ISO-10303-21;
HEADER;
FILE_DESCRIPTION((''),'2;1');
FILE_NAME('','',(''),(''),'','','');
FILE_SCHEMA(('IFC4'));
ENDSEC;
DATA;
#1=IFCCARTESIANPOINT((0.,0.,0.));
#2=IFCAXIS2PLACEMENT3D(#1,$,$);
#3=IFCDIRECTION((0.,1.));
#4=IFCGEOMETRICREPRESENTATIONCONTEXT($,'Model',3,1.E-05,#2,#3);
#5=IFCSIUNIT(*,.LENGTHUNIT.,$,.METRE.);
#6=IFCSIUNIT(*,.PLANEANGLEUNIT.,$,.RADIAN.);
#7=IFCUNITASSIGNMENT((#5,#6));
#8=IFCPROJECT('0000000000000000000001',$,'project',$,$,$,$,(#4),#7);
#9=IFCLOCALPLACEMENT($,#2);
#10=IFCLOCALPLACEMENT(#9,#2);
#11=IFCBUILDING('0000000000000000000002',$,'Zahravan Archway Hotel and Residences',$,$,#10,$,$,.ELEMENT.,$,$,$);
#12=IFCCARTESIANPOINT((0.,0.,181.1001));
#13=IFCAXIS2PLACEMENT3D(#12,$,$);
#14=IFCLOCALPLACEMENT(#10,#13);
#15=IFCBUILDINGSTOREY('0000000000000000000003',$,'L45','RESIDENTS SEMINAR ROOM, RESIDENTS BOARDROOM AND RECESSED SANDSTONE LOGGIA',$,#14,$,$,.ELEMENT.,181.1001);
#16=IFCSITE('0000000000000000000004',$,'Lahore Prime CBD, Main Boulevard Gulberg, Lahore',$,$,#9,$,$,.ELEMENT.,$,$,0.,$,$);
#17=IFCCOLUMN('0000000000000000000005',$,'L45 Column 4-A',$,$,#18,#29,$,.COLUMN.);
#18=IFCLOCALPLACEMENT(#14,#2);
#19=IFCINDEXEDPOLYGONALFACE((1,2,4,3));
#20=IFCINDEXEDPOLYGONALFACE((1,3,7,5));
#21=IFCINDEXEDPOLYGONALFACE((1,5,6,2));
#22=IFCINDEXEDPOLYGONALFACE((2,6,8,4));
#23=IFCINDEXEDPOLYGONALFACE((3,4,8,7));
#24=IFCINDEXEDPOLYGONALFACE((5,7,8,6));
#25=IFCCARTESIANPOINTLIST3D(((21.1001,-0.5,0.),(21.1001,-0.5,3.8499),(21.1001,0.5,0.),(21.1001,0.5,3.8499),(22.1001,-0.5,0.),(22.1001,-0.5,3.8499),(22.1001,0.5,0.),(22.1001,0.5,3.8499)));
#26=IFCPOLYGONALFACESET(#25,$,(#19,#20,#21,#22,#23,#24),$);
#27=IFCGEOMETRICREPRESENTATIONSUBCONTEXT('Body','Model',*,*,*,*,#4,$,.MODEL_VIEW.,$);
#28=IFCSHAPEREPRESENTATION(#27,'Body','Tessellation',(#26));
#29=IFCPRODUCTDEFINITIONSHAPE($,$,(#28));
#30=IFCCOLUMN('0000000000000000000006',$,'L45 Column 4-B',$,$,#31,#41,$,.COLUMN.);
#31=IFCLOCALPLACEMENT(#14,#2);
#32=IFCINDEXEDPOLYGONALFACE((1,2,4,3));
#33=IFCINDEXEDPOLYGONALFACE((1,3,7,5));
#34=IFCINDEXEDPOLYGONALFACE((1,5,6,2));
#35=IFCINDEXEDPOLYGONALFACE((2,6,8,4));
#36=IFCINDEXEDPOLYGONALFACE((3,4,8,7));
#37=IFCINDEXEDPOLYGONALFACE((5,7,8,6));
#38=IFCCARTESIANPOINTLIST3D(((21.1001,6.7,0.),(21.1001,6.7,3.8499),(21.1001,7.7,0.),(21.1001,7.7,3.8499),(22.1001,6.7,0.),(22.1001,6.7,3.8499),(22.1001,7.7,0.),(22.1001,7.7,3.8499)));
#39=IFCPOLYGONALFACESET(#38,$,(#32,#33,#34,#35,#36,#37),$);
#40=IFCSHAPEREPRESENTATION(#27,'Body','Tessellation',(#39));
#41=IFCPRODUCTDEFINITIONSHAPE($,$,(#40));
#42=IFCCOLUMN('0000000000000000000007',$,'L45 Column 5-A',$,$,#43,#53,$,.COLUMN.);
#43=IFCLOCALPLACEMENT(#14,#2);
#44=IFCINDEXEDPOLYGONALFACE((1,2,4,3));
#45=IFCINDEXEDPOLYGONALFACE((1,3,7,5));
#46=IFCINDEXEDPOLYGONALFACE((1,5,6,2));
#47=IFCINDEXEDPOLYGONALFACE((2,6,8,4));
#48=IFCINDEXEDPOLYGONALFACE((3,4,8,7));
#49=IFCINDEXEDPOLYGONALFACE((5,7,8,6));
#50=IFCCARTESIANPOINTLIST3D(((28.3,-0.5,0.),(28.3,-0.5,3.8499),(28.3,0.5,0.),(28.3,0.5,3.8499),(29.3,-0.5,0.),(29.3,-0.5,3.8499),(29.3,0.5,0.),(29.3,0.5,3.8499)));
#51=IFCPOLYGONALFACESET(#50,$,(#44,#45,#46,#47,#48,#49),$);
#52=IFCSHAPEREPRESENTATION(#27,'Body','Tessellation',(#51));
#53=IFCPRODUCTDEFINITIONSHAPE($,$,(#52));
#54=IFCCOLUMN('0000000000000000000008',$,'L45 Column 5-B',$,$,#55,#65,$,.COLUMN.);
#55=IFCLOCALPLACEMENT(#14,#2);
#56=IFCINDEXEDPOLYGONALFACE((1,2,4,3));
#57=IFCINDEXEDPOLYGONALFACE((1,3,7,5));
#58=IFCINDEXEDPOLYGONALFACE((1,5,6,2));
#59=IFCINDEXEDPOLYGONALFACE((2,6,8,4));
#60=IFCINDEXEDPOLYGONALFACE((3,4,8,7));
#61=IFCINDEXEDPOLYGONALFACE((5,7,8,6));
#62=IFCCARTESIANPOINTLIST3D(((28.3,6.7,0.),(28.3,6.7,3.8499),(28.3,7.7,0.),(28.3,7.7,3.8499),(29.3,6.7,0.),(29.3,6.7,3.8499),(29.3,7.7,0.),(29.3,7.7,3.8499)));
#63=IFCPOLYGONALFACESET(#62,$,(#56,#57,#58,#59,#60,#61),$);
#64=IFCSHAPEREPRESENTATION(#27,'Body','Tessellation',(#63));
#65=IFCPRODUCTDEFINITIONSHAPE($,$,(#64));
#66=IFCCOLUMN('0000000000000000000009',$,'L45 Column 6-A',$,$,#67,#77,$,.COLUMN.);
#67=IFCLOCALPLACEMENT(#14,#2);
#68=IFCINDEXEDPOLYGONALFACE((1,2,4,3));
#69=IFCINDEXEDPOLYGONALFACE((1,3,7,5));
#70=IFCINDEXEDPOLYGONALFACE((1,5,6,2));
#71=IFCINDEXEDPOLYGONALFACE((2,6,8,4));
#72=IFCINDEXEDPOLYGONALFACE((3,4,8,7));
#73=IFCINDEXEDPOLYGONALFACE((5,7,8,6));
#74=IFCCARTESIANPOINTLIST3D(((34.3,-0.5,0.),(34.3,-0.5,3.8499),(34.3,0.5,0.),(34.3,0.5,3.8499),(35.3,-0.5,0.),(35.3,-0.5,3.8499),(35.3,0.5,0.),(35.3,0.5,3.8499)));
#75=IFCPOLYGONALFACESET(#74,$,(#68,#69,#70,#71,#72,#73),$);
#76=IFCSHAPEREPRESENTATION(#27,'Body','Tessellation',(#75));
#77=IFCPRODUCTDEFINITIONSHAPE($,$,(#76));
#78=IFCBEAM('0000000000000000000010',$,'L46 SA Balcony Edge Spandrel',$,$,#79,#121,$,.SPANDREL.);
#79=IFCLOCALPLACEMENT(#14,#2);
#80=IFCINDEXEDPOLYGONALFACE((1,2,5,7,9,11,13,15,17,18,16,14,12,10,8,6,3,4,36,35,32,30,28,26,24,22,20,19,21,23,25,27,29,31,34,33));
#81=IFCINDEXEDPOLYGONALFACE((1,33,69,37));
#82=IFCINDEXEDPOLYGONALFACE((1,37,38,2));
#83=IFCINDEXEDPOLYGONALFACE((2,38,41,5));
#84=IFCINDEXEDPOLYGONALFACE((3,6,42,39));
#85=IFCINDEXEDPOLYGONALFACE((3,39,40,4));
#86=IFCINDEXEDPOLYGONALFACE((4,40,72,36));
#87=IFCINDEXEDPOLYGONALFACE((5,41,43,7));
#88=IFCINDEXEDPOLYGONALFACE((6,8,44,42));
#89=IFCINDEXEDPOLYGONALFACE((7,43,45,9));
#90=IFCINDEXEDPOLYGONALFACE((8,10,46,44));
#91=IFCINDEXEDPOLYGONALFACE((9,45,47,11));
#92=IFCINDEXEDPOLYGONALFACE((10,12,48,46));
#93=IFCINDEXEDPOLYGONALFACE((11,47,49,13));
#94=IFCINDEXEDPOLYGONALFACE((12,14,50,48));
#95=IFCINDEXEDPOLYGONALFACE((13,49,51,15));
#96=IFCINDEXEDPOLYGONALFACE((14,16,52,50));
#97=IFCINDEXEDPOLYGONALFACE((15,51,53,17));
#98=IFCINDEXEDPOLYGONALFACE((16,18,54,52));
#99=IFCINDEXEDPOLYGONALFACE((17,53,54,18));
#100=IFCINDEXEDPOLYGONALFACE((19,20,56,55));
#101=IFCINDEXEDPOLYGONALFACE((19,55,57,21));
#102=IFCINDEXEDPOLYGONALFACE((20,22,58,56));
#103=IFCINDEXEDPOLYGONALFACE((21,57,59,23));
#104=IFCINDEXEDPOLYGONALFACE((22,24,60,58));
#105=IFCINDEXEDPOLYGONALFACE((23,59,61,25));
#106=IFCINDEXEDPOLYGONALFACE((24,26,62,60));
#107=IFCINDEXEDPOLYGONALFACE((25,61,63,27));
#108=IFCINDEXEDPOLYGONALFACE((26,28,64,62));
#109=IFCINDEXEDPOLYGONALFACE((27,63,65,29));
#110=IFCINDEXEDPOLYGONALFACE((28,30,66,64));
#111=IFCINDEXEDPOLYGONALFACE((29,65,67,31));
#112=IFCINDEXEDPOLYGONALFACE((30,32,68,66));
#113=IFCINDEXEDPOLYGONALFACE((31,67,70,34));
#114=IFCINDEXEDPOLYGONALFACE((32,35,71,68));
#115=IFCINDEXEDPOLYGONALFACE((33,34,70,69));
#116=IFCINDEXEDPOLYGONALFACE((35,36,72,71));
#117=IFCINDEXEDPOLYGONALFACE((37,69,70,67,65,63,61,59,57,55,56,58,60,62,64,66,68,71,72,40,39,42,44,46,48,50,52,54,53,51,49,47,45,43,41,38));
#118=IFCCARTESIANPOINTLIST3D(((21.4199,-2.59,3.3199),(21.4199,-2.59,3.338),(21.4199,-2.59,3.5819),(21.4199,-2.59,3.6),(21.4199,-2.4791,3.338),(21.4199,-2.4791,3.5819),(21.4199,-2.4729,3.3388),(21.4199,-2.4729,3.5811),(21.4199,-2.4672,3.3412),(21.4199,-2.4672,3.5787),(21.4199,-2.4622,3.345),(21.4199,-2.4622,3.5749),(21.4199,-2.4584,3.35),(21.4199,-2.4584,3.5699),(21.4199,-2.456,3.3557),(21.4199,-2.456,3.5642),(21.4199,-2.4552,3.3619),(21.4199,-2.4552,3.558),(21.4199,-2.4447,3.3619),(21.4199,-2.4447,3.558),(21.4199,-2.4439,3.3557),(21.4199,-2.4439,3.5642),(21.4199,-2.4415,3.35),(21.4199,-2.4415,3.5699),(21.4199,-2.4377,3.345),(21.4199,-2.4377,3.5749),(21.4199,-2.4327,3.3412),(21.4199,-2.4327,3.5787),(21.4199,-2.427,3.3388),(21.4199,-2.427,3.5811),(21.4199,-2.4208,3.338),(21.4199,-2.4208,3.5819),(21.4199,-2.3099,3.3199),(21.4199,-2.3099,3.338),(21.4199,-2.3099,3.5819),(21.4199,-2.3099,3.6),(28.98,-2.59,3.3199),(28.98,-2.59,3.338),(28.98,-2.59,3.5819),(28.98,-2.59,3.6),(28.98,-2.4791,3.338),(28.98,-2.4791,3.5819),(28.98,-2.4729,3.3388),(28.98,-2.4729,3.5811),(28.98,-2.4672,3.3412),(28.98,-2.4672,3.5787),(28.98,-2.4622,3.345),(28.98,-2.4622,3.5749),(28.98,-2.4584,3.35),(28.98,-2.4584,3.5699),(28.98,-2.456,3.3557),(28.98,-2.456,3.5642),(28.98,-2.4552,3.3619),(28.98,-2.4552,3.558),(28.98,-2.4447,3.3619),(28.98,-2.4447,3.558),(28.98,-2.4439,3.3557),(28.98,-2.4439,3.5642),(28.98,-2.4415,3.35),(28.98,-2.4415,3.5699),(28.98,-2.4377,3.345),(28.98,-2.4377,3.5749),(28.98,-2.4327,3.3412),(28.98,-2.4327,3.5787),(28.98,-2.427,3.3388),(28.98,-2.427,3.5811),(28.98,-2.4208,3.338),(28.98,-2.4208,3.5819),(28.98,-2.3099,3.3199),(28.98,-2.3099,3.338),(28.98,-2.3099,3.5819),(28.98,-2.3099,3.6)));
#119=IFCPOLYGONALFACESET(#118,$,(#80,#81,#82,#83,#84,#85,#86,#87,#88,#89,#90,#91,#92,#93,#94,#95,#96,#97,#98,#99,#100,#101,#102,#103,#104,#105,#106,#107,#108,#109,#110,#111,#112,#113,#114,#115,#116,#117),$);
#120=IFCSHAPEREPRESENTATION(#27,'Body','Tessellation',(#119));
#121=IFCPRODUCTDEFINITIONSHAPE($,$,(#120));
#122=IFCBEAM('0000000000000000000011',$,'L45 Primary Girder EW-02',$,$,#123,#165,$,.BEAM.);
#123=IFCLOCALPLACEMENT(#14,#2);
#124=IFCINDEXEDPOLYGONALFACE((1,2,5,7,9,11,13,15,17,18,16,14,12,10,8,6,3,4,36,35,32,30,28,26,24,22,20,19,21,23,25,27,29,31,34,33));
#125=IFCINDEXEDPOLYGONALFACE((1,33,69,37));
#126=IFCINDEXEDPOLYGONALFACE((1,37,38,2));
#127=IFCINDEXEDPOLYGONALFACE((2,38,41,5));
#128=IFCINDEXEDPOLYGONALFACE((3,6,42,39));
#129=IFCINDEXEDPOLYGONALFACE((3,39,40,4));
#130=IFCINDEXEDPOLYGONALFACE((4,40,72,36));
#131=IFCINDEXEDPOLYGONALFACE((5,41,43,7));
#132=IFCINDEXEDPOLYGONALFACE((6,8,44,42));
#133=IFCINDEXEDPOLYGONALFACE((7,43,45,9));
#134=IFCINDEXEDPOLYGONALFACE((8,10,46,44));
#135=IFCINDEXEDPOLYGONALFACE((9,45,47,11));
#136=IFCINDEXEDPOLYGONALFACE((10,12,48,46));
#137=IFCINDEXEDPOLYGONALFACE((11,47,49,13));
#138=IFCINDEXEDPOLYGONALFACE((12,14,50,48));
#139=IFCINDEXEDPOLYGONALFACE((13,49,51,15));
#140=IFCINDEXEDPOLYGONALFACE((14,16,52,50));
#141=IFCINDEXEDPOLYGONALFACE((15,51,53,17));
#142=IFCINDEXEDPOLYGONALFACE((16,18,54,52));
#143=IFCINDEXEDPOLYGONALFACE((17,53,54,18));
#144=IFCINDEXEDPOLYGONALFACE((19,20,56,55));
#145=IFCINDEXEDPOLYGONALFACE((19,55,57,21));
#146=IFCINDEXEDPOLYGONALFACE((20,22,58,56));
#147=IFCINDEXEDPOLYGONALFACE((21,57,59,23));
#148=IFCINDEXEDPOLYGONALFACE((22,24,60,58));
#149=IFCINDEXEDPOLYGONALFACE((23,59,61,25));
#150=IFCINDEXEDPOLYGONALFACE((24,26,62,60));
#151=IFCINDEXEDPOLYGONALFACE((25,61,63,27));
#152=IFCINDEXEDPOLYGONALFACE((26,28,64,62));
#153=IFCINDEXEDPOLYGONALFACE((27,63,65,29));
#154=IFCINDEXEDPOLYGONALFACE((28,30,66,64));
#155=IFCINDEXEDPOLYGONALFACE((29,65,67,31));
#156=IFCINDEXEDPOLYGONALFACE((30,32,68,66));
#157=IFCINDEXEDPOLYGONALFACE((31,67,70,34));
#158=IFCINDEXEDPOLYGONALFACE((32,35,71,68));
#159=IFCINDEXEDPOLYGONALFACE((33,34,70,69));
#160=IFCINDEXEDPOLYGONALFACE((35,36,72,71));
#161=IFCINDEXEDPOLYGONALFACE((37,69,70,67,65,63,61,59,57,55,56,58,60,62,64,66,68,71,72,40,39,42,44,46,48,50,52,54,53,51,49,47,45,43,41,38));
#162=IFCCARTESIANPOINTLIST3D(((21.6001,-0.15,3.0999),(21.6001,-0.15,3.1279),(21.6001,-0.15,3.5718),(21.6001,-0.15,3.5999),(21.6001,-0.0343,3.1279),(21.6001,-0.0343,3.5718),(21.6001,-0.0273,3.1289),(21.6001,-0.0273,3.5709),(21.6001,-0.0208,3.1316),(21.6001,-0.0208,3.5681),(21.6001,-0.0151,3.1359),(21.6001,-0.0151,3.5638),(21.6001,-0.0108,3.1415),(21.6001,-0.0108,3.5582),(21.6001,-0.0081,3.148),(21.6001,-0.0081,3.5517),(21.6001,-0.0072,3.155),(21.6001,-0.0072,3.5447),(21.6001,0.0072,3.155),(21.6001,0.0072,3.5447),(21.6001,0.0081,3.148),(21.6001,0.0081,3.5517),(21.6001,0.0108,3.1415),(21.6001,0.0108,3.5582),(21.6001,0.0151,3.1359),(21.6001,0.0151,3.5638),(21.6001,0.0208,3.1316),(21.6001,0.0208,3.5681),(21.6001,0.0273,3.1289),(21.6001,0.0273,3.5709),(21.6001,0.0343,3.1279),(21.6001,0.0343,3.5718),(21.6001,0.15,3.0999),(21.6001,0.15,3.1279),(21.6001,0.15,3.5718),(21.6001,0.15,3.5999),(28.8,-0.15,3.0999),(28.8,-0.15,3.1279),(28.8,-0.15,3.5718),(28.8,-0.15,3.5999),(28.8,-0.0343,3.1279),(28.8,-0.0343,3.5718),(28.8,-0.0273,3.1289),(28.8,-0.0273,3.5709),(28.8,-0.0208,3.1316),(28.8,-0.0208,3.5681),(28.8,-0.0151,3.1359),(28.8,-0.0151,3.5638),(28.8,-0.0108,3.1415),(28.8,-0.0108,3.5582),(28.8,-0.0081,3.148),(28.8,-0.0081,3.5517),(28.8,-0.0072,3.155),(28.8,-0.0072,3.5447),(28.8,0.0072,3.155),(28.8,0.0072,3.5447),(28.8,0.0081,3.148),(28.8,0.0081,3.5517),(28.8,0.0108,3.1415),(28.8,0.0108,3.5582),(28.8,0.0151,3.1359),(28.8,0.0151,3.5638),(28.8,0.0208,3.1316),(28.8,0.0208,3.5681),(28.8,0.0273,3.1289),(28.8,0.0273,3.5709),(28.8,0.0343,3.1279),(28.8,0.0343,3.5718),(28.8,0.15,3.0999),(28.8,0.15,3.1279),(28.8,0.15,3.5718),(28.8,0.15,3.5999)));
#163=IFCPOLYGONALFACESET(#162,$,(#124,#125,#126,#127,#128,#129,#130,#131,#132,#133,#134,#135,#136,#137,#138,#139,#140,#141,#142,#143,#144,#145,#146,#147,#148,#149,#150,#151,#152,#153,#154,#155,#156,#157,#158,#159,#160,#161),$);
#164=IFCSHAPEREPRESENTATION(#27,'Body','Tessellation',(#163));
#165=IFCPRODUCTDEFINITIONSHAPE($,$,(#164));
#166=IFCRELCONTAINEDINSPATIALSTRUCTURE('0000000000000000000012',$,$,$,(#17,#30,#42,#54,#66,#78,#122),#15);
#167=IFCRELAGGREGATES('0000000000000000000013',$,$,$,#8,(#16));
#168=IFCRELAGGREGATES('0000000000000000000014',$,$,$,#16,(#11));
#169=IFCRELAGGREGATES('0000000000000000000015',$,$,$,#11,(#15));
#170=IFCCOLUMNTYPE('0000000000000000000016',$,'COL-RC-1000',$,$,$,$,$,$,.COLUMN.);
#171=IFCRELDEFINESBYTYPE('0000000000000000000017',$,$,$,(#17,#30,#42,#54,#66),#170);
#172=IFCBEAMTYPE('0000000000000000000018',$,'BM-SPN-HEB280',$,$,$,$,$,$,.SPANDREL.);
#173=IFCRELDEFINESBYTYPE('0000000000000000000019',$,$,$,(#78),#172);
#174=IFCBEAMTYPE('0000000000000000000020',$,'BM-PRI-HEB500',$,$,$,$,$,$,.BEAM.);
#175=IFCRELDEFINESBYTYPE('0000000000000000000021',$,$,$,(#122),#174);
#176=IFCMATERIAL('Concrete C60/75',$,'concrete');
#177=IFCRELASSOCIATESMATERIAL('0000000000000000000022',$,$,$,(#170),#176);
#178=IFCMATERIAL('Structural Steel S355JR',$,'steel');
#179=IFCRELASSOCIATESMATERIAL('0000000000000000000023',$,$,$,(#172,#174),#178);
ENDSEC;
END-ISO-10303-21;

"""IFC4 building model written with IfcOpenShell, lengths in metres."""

from ifc_helpers import new_model, si_unit, direction, frame, origin, origin_2d, place, context, subcontext, project, spatial, rectangle, i_section, extrude, source, transform, mapped, material, material_profile, profile_set, type_object, type_shapes, element, save


model = new_model("IFC4")

# Units and contexts
model_context = context("Model", 3, precision=1e-05, world=origin(), true_north=direction((0.0, 1.0)))
body_context = subcontext(model_context, "Body", "Model", "MODEL_VIEW")
ifc_project = project(units=[si_unit("LENGTHUNIT", "METRE"), si_unit("PLANEANGLEUNIT", "RADIAN")], contexts=[model_context])

# Site, building, storey
site_placement = place(None, origin())
site = spatial("IfcSite", under=ifc_project, at=site_placement, Name="Lahore Prime CBD, Main Boulevard Gulberg, Lahore", CompositionType="ELEMENT", RefElevation=0.0)
building_placement = place(site_placement, origin())
building = spatial("IfcBuilding", under=site, at=building_placement, Name="Zahravan Archway Hotel and Residences", CompositionType="ELEMENT")
storey_placement = place(building_placement, frame((0.0, 0.0, 181.1001)))
storey = spatial("IfcBuildingStorey", under=building, at=storey_placement, Name="L45", Description="RESIDENTS SEMINAR ROOM, RESIDENTS BOARDROOM AND RECESSED SANDSTONE LOGGIA", CompositionType="ELEMENT", Elevation=181.1001)

# Columns
ifc_material_1 = material(Name="Concrete C60/75", Category="concrete")
ifc_material_profile_1 = material_profile(ifc_material_1, rectangle(XDim=1.0, YDim=1.0, at=origin_2d()), Name="RC-COL-1000x1000", Category="concrete")
ifc_profile_set_1 = profile_set([ifc_material_profile_1], Name="Concrete C60/75")
column_type = type_object("IfcColumnType", Name="COL-RC-1000", PredefinedType="COLUMN", material=ifc_profile_set_1)
shared_shape_1 = source(origin(), body_context, "Body", "SweptSolid", [
    extrude(rectangle(XDim=1.0, YDim=1.0, at=origin_2d()), origin(), (0.0, 0.0, 1.0), 3.8499),
])
for number, where, z_axis, x_axis, name in (
    (1, (21.6001, 0.0, 0.0), (0.0, 0.0, 1.0), (1.0, 0.0, 0.0), "L45 Column 4-A"),
    (2, (21.6001, 7.2, 0.0), (0.0, 0.0, 1.0), (1.0, 0.0, 0.0), "L45 Column 4-B"),
    (3, (28.8, 0.0, 0.0), (0.0, 0.0, 1.0), (1.0, 0.0, 0.0), "L45 Column 5-A"),
    (4, (28.8, 7.2, 0.0), (0.0, 0.0, 1.0), (1.0, 0.0, 0.0), "L45 Column 5-B"),
    (5, (34.8, 0.0, 0.0), (0.0, 0.0, 1.0), (1.0, 0.0, 0.0), "L45 Column 6-A"),
):
    element("IfcColumn", number, at=place(storey_placement, frame(where, z_axis=z_axis, x_axis=x_axis)), inside=storey, type_object=column_type, Name=name, PredefinedType="COLUMN", context=body_context, shape_type="MappedRepresentation", body=[
        mapped(shared_shape_1, transform((0.0, 0.0, 0.0), scale=1.0)),
    ])

# Beams
ifc_material_2 = material(Name="Structural Steel S355JR", Category="steel")
ifc_material_profile_2 = material_profile(ifc_material_2, i_section(OverallWidth=0.28, OverallDepth=0.28, WebThickness=0.0105, FlangeThickness=0.0181, FilletRadius=0.0239, at=origin_2d()), Name="HEB 280", Category="steel")
ifc_profile_set_2 = profile_set([ifc_material_profile_2], Name="Structural Steel S355JR")
beam_type_1 = type_object("IfcBeamType", Name="BM-SPN-HEB280", PredefinedType="SPANDREL", material=ifc_profile_set_2)
shared_shape_2 = source(origin(), body_context, "Body", "SweptSolid", [
    extrude(i_section(OverallWidth=0.28, OverallDepth=0.28, WebThickness=0.0105, FlangeThickness=0.0181, FilletRadius=0.0239, at=origin_2d()), origin(), (0.0, 0.0, 1.0), 7.5601),
])
type_shapes(beam_type_1, [shared_shape_2])
beam_1_placement = place(storey_placement, frame((21.4199, -2.45, 3.46), z_axis=(1.0, 0.0, 0.0), x_axis=(0.0, 1.0, 0.0)))
element("IfcBeam", 6, at=beam_1_placement, inside=storey, type_object=beam_type_1, Name="L46 SA Balcony Edge Spandrel", PredefinedType="SPANDREL", context=body_context, shape_type="MappedRepresentation", body=[
    mapped(shared_shape_2, transform((0.0, 0.0, 0.0), scale=1.0)),
])
ifc_material_profile_3 = material_profile(ifc_material_2, i_section(OverallWidth=0.3, OverallDepth=0.5, WebThickness=0.0144, FlangeThickness=0.0281, FilletRadius=0.0271, at=origin_2d()), Name="HEB 500", Category="steel")
ifc_profile_set_3 = profile_set([ifc_material_profile_3], Name="Structural Steel S355JR")
beam_type_2 = type_object("IfcBeamType", Name="BM-PRI-HEB500", PredefinedType="BEAM", material=ifc_profile_set_3)
shared_shape_3 = source(origin(), body_context, "Body", "SweptSolid", [
    extrude(i_section(OverallWidth=0.3, OverallDepth=0.5, WebThickness=0.0144, FlangeThickness=0.0281, FilletRadius=0.0271, at=origin_2d()), origin(), (0.0, 0.0, 1.0), 7.2),
])
for number, where, z_axis, x_axis, name in (
    (7, (21.6001, 0.0, 3.3499), (1.0, 0.0, 0.0), (0.0, 1.0, 0.0), "L45 Primary Girder EW-02"),
):
    element("IfcBeam", number, at=place(storey_placement, frame(where, z_axis=z_axis, x_axis=x_axis)), inside=storey, type_object=beam_type_2, Name=name, PredefinedType="BEAM", context=body_context, shape_type="MappedRepresentation", body=[
        mapped(shared_shape_3, transform((0.0, 0.0, 0.0), scale=1.0)),
    ])

save(model, "model.ifc")
